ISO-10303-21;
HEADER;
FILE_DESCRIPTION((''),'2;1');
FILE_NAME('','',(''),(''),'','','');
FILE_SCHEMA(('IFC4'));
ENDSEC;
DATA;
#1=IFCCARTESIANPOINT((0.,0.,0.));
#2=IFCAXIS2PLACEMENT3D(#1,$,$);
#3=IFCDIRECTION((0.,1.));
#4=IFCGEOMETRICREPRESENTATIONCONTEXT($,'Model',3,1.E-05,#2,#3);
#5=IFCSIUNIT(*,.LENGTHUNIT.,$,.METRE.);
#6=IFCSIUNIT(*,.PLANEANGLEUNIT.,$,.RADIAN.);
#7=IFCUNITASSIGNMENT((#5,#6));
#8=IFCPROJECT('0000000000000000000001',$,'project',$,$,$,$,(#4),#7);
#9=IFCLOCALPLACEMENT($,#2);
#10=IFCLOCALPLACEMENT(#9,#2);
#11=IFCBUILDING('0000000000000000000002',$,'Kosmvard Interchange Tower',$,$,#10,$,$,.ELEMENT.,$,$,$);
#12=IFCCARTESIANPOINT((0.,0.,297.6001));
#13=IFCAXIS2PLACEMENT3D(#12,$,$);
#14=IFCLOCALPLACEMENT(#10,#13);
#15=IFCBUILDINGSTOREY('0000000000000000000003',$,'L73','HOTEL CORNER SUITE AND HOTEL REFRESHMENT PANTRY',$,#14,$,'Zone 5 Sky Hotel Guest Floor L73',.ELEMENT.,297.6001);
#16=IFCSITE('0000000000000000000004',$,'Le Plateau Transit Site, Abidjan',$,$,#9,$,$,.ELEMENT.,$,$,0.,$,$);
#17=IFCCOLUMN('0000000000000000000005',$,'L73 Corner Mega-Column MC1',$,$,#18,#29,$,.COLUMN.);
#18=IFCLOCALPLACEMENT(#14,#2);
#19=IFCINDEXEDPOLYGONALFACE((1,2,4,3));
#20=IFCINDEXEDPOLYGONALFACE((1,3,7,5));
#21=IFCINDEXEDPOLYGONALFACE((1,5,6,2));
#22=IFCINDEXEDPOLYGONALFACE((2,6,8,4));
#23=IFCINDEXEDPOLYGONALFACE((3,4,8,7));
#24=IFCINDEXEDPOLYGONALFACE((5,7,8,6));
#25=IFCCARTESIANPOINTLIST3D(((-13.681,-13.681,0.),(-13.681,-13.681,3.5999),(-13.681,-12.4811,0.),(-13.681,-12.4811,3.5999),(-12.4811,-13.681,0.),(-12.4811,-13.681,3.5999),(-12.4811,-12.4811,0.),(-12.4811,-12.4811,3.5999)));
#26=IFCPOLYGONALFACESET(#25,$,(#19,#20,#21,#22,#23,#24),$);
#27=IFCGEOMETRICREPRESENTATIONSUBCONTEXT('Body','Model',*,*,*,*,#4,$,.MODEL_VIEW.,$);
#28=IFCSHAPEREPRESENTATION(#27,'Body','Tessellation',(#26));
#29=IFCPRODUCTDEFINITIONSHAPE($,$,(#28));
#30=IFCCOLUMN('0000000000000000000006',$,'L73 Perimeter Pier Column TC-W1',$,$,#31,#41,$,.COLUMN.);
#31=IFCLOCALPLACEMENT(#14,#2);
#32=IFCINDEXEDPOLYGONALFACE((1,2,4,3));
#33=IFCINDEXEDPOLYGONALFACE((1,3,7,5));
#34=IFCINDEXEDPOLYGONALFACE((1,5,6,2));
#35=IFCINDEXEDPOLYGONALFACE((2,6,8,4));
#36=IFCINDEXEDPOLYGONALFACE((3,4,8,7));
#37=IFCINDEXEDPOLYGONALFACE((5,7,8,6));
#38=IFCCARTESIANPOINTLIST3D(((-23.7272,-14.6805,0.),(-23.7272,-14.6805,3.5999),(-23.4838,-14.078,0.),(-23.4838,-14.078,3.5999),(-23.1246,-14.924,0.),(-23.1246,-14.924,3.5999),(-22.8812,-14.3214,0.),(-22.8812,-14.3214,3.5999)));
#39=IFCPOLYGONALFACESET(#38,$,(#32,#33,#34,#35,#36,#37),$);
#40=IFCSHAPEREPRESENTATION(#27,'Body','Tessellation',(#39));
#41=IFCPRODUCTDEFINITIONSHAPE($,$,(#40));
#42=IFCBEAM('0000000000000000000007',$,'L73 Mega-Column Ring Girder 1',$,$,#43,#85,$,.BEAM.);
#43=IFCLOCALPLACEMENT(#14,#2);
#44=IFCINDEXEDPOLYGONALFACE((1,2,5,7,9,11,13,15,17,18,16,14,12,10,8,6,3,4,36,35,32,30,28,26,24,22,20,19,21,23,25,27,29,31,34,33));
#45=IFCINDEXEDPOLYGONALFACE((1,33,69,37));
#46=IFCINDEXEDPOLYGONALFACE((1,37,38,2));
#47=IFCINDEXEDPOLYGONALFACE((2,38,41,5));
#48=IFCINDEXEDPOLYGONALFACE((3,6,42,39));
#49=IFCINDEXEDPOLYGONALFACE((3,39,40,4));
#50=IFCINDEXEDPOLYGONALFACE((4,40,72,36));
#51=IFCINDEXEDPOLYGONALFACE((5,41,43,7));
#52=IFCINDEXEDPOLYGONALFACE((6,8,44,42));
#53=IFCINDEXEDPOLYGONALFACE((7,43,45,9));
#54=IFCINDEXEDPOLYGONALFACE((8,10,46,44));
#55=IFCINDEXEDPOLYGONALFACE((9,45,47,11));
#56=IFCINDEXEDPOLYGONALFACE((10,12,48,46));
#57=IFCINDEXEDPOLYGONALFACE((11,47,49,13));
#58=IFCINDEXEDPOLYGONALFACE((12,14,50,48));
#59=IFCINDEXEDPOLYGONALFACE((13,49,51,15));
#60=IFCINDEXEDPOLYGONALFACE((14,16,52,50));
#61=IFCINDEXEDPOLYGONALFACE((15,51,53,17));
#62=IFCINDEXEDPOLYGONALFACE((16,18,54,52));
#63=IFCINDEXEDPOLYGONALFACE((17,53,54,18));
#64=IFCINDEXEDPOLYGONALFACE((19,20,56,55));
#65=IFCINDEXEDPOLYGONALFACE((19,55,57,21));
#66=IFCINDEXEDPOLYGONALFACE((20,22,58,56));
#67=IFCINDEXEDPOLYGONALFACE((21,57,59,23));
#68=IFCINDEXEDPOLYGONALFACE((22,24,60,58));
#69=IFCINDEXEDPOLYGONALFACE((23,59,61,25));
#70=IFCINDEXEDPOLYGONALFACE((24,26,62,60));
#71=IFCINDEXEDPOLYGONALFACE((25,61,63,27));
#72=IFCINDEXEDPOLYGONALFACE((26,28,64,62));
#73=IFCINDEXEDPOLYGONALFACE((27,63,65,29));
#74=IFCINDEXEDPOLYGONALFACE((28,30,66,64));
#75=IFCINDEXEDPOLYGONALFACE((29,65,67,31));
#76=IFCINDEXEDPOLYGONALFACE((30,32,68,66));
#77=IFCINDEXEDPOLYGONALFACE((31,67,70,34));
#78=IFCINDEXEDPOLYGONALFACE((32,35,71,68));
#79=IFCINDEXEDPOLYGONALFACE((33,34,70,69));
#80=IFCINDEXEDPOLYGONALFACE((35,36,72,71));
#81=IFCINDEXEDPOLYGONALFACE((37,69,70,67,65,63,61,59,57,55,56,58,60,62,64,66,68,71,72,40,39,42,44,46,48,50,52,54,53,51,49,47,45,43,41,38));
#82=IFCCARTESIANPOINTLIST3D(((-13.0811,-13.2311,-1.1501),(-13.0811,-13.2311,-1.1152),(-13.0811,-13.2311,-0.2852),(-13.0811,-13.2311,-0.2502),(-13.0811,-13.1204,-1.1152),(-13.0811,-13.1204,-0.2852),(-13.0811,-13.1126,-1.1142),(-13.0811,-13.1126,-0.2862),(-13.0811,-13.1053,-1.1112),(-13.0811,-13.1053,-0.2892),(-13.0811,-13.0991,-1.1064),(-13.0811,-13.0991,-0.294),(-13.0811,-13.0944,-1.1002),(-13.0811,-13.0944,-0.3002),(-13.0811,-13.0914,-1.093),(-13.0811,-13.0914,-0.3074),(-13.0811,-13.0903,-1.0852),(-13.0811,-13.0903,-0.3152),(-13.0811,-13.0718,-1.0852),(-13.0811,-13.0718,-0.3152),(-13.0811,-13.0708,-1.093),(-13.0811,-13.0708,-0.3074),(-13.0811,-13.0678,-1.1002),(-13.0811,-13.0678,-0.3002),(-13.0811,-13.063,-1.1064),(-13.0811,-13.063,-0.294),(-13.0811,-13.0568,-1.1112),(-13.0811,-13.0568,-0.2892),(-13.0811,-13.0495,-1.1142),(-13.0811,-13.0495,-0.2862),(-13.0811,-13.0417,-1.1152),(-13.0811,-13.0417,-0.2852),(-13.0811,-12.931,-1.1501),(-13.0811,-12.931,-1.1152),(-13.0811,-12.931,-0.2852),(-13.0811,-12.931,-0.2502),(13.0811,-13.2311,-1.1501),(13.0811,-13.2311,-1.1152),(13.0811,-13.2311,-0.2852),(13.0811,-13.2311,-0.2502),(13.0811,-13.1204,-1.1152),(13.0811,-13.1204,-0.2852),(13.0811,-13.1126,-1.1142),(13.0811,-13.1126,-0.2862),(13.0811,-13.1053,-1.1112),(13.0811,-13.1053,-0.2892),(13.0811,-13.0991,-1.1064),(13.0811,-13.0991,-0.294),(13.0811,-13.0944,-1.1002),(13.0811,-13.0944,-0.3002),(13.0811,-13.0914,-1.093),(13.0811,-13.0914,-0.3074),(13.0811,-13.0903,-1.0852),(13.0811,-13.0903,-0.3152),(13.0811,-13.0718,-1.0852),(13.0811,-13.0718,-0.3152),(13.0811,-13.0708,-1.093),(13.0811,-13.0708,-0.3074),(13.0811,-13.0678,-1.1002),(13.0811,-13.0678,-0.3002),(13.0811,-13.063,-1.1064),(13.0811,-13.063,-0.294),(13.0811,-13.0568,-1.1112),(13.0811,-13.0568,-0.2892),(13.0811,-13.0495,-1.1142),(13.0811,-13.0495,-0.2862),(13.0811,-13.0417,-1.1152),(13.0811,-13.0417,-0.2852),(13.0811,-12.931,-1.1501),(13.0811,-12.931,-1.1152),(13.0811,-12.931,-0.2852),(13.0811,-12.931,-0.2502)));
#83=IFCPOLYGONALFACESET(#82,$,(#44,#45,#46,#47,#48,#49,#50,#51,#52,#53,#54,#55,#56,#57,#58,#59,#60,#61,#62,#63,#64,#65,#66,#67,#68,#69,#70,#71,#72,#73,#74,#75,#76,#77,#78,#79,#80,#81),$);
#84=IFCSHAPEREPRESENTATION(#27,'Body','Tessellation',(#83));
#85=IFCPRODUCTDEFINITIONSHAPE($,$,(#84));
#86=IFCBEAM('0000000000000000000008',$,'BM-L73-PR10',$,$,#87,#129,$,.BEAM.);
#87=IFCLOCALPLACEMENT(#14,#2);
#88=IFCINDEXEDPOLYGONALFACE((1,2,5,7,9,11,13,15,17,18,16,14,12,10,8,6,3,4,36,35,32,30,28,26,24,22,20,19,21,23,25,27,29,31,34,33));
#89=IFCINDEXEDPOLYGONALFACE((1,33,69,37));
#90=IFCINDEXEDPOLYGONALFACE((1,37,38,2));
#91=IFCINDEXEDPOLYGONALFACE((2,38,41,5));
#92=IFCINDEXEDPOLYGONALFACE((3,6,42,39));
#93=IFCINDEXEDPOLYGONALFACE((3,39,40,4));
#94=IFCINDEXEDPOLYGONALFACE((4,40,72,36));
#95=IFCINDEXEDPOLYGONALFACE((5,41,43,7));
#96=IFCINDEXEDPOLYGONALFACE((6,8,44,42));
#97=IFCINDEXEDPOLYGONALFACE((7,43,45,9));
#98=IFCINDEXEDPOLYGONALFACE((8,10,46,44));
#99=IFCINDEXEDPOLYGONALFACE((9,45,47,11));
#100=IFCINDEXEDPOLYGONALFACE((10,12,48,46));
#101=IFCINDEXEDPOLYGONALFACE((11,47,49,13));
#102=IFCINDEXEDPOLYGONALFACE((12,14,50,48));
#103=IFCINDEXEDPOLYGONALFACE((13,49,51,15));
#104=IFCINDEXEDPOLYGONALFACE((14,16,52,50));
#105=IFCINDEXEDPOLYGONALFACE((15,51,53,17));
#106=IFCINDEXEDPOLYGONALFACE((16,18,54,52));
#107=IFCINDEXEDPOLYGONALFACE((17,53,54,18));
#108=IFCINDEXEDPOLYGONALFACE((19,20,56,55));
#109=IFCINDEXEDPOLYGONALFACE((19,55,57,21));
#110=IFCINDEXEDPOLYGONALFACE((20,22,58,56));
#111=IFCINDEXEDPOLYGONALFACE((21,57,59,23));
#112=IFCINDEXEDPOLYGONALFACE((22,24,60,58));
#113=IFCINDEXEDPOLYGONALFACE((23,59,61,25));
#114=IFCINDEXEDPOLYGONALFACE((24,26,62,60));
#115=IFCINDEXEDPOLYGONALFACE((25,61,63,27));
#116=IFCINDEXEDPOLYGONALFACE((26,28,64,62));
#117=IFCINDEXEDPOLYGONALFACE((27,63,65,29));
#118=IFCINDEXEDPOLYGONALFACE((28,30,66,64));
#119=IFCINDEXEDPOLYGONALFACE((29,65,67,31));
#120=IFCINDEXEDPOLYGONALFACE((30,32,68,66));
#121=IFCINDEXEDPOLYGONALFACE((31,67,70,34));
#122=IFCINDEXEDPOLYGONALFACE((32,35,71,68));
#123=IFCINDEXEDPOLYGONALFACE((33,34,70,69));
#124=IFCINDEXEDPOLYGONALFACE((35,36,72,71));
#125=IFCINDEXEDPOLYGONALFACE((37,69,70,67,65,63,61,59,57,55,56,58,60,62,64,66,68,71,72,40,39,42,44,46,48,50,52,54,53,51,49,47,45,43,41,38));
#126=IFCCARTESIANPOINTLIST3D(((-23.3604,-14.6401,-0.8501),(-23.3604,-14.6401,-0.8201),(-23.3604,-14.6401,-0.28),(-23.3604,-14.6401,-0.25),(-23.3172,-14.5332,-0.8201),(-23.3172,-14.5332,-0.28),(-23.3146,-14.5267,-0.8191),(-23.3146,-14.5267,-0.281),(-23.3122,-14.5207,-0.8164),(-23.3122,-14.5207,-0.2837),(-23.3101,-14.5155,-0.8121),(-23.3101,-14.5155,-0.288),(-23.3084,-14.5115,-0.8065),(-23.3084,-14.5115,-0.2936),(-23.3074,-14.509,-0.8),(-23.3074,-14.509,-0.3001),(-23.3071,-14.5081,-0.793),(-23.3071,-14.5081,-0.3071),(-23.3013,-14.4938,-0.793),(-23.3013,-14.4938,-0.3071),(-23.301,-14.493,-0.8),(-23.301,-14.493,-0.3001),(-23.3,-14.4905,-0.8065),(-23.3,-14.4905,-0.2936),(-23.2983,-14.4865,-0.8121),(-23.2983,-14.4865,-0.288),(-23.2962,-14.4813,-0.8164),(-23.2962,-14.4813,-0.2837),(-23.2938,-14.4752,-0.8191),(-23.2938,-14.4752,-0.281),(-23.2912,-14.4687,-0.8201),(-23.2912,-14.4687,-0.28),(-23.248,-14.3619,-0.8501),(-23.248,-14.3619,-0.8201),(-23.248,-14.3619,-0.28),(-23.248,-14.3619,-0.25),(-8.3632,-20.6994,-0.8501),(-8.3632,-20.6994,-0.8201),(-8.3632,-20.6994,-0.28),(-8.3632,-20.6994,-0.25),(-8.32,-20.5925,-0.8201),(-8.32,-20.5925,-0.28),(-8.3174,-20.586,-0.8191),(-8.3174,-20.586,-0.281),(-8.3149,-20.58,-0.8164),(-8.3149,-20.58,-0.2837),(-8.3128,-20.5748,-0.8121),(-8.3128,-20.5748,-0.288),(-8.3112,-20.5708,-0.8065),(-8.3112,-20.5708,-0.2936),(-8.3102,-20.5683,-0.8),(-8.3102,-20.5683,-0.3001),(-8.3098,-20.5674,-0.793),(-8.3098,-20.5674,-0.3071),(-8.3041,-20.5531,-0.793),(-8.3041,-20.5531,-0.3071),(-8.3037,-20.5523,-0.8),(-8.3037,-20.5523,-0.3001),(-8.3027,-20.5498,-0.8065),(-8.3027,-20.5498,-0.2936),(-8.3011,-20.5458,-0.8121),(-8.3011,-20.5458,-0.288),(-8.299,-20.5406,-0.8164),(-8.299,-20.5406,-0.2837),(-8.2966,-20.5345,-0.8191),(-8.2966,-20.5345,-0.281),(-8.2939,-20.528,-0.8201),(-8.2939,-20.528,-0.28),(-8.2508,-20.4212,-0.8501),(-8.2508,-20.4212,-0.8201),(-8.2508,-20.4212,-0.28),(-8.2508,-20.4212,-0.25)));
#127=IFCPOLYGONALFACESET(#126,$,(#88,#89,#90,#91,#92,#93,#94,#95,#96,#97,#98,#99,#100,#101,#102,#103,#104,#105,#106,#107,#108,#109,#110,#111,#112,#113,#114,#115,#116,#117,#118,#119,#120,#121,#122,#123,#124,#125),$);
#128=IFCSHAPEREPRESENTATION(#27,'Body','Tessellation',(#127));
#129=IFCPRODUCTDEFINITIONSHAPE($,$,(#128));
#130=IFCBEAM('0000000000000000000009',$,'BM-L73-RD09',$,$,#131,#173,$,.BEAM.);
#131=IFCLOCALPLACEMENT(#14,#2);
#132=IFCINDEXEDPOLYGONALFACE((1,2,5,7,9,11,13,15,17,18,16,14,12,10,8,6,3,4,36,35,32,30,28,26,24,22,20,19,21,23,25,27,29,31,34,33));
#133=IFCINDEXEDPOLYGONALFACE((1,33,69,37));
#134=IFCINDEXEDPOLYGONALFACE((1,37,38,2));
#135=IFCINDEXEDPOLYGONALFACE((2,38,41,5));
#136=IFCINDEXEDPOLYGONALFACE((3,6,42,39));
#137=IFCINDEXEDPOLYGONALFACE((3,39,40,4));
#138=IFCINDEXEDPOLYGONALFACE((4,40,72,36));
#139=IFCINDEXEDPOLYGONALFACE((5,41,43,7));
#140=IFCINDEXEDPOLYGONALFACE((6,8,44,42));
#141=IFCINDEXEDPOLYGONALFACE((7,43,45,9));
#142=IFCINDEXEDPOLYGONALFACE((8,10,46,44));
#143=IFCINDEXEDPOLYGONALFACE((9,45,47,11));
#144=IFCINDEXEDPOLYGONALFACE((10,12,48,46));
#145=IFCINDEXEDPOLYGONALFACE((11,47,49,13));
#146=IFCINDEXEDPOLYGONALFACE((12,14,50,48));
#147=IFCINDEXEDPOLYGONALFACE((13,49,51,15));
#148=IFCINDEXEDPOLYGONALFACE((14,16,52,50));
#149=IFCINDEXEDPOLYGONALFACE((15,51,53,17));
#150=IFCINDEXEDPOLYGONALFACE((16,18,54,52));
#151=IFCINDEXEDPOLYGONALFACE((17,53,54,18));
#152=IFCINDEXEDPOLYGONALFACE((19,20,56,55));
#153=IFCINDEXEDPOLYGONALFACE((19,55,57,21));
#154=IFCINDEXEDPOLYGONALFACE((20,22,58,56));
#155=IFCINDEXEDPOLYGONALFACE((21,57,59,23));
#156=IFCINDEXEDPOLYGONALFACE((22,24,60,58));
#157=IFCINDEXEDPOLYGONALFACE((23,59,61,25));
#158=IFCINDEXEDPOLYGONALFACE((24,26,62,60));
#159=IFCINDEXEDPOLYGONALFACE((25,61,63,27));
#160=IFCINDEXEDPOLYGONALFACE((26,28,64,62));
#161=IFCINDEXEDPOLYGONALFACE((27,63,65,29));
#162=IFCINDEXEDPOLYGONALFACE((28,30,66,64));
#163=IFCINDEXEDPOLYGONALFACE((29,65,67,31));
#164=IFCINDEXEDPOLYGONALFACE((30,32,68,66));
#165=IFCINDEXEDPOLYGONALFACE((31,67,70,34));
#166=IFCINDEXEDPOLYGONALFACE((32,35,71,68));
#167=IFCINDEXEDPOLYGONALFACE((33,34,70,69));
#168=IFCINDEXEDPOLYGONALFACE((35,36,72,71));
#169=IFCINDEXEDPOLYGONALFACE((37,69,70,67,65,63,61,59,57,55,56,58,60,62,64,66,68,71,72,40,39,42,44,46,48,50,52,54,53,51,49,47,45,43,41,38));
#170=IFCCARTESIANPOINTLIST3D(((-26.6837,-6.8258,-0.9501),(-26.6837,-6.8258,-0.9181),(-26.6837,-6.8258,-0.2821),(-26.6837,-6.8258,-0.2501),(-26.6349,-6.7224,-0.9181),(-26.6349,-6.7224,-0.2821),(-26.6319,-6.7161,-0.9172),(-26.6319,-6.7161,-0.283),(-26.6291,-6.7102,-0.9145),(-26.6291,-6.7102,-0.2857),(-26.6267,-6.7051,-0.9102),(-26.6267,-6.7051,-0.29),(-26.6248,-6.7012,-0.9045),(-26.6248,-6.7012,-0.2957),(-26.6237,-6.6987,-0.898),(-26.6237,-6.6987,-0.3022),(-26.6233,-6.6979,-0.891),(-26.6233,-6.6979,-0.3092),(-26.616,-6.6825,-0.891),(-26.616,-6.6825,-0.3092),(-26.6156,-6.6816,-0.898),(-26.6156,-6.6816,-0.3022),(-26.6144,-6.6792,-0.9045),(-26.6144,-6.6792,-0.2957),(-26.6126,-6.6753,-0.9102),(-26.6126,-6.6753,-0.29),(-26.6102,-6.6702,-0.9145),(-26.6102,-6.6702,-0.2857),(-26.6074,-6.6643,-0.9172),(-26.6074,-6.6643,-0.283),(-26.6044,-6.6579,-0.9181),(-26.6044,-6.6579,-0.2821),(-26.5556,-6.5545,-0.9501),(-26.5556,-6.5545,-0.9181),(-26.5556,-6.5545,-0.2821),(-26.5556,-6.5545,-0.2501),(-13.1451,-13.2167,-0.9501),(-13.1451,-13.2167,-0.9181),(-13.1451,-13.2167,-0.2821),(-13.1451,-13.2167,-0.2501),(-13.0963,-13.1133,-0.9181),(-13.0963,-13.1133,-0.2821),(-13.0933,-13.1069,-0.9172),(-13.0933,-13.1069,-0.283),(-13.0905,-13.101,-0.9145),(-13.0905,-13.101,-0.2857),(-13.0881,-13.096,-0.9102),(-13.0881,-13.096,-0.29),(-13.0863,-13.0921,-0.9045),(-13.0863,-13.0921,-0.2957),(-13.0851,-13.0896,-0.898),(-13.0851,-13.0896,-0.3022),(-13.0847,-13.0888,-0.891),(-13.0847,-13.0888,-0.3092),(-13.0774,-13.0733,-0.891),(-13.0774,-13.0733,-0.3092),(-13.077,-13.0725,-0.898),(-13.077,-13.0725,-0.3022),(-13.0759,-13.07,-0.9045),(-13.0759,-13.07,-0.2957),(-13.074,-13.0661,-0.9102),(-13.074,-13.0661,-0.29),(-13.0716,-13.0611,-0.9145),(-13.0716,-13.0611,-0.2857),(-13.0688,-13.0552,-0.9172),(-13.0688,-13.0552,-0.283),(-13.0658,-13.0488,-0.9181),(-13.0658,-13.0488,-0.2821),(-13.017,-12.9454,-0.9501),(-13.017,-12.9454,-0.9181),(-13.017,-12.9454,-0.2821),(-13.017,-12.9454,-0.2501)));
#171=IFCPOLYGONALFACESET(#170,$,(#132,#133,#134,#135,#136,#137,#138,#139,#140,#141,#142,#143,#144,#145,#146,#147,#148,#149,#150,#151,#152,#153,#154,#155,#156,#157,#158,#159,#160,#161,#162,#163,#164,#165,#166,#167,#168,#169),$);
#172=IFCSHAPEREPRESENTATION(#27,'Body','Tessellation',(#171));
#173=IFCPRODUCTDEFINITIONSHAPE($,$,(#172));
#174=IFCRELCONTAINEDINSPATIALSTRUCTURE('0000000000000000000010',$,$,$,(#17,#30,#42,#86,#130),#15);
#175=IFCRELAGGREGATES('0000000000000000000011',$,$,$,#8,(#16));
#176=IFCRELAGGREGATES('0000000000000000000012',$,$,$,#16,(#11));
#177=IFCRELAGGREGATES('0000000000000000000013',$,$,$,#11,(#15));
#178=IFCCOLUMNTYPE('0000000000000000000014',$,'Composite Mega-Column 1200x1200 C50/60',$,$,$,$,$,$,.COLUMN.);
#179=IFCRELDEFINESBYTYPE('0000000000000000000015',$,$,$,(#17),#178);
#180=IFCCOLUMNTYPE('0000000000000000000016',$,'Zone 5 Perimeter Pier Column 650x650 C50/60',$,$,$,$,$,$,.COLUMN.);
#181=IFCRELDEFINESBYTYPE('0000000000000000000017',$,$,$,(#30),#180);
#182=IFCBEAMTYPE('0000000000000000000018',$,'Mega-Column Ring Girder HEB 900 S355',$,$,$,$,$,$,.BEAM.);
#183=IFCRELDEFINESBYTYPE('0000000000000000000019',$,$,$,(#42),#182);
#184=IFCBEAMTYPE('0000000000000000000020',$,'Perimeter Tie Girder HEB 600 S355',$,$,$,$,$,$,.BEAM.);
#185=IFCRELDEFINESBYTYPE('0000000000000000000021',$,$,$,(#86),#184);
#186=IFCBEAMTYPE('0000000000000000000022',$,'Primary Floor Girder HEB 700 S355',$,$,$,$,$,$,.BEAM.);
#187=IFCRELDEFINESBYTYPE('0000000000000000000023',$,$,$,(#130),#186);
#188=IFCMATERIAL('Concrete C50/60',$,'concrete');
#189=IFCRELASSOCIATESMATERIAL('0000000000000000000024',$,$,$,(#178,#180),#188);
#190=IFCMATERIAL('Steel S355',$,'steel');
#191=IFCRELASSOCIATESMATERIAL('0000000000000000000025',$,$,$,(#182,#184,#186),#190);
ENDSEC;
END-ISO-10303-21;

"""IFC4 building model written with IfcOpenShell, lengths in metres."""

from ifc_helpers import new_model, si_unit, direction, frame, origin, origin_2d, place, context, subcontext, project, spatial, rectangle, i_section, extrude, source, transform, mapped, material, material_profile, profile_set, type_object, element, save


model = new_model("IFC4")

# Units and contexts
model_context = context("Model", 3, precision=1e-05, world=origin(), true_north=direction((0.0, 1.0)))
body_context = subcontext(model_context, "Body", "Model", "MODEL_VIEW")
ifc_project = project(units=[si_unit("LENGTHUNIT", "METRE"), si_unit("PLANEANGLEUNIT", "RADIAN")], contexts=[model_context])

# Site, building, storey
site_placement = place(None, origin())
site = spatial("IfcSite", under=ifc_project, at=site_placement, Name="Le Plateau Transit Site, Abidjan", CompositionType="ELEMENT", RefElevation=0.0)
building_placement = place(site_placement, origin())
building = spatial("IfcBuilding", under=site, at=building_placement, Name="Kosmvard Interchange Tower", CompositionType="ELEMENT")
storey_placement = place(building_placement, frame((0.0, 0.0, 297.6001)))
storey = spatial("IfcBuildingStorey", under=building, at=storey_placement, Name="L73", Description="HOTEL CORNER SUITE AND HOTEL REFRESHMENT PANTRY", LongName="Zone 5 Sky Hotel Guest Floor L73", CompositionType="ELEMENT", Elevation=297.6001)

# Columns
ifc_material_1 = material(Name="Concrete C50/60", Category="concrete")
ifc_material_profile_1 = material_profile(ifc_material_1, rectangle(XDim=1.2, YDim=1.2, at=origin_2d()), Name="MC 1200x1200")
ifc_profile_set_1 = profile_set([ifc_material_profile_1], Name="Concrete C50/60")
column_type_1 = type_object("IfcColumnType", Name="Composite Mega-Column 1200x1200 C50/60", PredefinedType="COLUMN", material=ifc_profile_set_1)
shared_shape_1 = source(origin(), body_context, "Body", "SweptSolid", [
    extrude(rectangle(XDim=1.2, YDim=1.2, at=origin_2d()), origin(), (0.0, 0.0, 1.0), 3.5999),
])
column_1_placement = place(storey_placement, frame((-13.0811, -13.0811, 0.0), z_axis=(0.0, 0.0, 1.0), x_axis=(1.0, 0.0, 0.0)))
element("IfcColumn", 1, at=column_1_placement, inside=storey, type_object=column_type_1, Name="L73 Corner Mega-Column MC1", PredefinedType="COLUMN", context=body_context, shape_type="MappedRepresentation", body=[
    mapped(shared_shape_1, transform((0.0, 0.0, 0.0), scale=1.0)),
])
ifc_material_profile_2 = material_profile(ifc_material_1, rectangle(XDim=0.6499, YDim=0.6499, at=origin_2d()), Name="TC 650x650")
ifc_profile_set_2 = profile_set([ifc_material_profile_2], Name="Concrete C50/60")
column_type_2 = type_object("IfcColumnType", Name="Zone 5 Perimeter Pier Column 650x650 C50/60", PredefinedType="COLUMN", material=ifc_profile_set_2)
shared_shape_2 = source(origin(), body_context, "Body", "SweptSolid", [
    extrude(rectangle(XDim=0.6499, YDim=0.6499, at=origin_2d()), origin(), (0.0, 0.0, 1.0), 3.5999),
])
column_2_placement = place(storey_placement, frame((-23.3042, -14.501, 0.0), z_axis=(0.0, 0.0, 1.0), x_axis=(0.374607, 0.927184, 0.0)))
element("IfcColumn", 2, at=column_2_placement, inside=storey, type_object=column_type_2, Name="L73 Perimeter Pier Column TC-W1", PredefinedType="COLUMN", context=body_context, shape_type="MappedRepresentation", body=[
    mapped(shared_shape_2, transform((0.0, 0.0, 0.0), scale=1.0)),
])

# Beams
ifc_material_2 = material(Name="Steel S355", Category="steel")
ifc_material_profile_3 = material_profile(ifc_material_2, i_section(OverallWidth=0.3, OverallDepth=0.8999, WebThickness=0.0186, FlangeThickness=0.0349, FilletRadius=0.03, at=origin_2d()), Name="HEB 900")
ifc_profile_set_3 = profile_set([ifc_material_profile_3], Name="Steel S355")
beam_type_1 = type_object("IfcBeamType", Name="Mega-Column Ring Girder HEB 900 S355", PredefinedType="BEAM", material=ifc_profile_set_3)
shared_shape_3 = source(origin(), body_context, "Body", "SweptSolid", [
    extrude(i_section(OverallWidth=0.3, OverallDepth=0.8999, WebThickness=0.0186, FlangeThickness=0.0349, FilletRadius=0.03, at=origin_2d()), origin(), (0.0, 0.0, 1.0), 26.1621),
])
beam_1_placement = place(storey_placement, frame((-13.0811, -13.0811, -0.7002), z_axis=(1.0, 0.0, 0.0), x_axis=(0.0, 1.0, 0.0)))
element("IfcBeam", 3, at=beam_1_placement, inside=storey, type_object=beam_type_1, Name="L73 Mega-Column Ring Girder 1", PredefinedType="BEAM", context=body_context, shape_type="MappedRepresentation", body=[
    mapped(shared_shape_3, transform((0.0, 0.0, 0.0), scale=1.0)),
])
ifc_material_profile_4 = material_profile(ifc_material_2, i_section(OverallWidth=0.3, OverallDepth=0.6001, WebThickness=0.0154, FlangeThickness=0.03, FilletRadius=0.0271, at=origin_2d()), Name="HEB 600")
ifc_profile_set_4 = profile_set([ifc_material_profile_4], Name="Steel S355")
beam_type_2 = type_object("IfcBeamType", Name="Perimeter Tie Girder HEB 600 S355", PredefinedType="BEAM", material=ifc_profile_set_4)
shared_shape_4 = source(origin(), body_context, "Body", "SweptSolid", [
    extrude(i_section(OverallWidth=0.3, OverallDepth=0.6001, WebThickness=0.0154, FlangeThickness=0.03, FilletRadius=0.0271, at=origin_2d()), origin(), (0.0, 0.0, 1.0), 16.175),
])
beam_2_placement = place(storey_placement, frame((-23.3042, -14.501, -0.55), z_axis=(0.927183, -0.374608, 0.0), x_axis=(0.374608, 0.927183, 0.0)))
element("IfcBeam", 4, at=beam_2_placement, inside=storey, type_object=beam_type_2, Name="BM-L73-PR10", PredefinedType="BEAM", context=body_context, shape_type="MappedRepresentation", body=[
    mapped(shared_shape_4, transform((0.0, 0.0, 0.0), scale=1.0)),
])
ifc_material_profile_5 = material_profile(ifc_material_2, i_section(OverallWidth=0.3, OverallDepth=0.7, WebThickness=0.0171, FlangeThickness=0.032, FilletRadius=0.0271, at=origin_2d()), Name="HEB 700")
ifc_profile_set_5 = profile_set([ifc_material_profile_5], Name="Steel S355")
beam_type_3 = type_object("IfcBeamType", Name="Primary Floor Girder HEB 700 S355", PredefinedType="BEAM", material=ifc_profile_set_5)
shared_shape_5 = source(origin(), body_context, "Body", "SweptSolid", [
    extrude(i_section(OverallWidth=0.3, OverallDepth=0.7, WebThickness=0.0171, FlangeThickness=0.032, FilletRadius=0.0271, at=origin_2d()), origin(), (0.0, 0.0, 1.0), 14.9712),
])
beam_3_placement = place(storey_placement, frame((-13.0811, -13.0811, -0.6001), z_axis=(-0.904309, 0.426878, 0.0), x_axis=(-0.426878, -0.904309, 0.0)))
element("IfcBeam", 5, at=beam_3_placement, inside=storey, type_object=beam_type_3, Name="BM-L73-RD09", PredefinedType="BEAM", context=body_context, shape_type="MappedRepresentation", body=[
    mapped(shared_shape_5, transform((0.0, 0.0, 0.0), scale=1.0)),
])

save(model, "model.ifc")
